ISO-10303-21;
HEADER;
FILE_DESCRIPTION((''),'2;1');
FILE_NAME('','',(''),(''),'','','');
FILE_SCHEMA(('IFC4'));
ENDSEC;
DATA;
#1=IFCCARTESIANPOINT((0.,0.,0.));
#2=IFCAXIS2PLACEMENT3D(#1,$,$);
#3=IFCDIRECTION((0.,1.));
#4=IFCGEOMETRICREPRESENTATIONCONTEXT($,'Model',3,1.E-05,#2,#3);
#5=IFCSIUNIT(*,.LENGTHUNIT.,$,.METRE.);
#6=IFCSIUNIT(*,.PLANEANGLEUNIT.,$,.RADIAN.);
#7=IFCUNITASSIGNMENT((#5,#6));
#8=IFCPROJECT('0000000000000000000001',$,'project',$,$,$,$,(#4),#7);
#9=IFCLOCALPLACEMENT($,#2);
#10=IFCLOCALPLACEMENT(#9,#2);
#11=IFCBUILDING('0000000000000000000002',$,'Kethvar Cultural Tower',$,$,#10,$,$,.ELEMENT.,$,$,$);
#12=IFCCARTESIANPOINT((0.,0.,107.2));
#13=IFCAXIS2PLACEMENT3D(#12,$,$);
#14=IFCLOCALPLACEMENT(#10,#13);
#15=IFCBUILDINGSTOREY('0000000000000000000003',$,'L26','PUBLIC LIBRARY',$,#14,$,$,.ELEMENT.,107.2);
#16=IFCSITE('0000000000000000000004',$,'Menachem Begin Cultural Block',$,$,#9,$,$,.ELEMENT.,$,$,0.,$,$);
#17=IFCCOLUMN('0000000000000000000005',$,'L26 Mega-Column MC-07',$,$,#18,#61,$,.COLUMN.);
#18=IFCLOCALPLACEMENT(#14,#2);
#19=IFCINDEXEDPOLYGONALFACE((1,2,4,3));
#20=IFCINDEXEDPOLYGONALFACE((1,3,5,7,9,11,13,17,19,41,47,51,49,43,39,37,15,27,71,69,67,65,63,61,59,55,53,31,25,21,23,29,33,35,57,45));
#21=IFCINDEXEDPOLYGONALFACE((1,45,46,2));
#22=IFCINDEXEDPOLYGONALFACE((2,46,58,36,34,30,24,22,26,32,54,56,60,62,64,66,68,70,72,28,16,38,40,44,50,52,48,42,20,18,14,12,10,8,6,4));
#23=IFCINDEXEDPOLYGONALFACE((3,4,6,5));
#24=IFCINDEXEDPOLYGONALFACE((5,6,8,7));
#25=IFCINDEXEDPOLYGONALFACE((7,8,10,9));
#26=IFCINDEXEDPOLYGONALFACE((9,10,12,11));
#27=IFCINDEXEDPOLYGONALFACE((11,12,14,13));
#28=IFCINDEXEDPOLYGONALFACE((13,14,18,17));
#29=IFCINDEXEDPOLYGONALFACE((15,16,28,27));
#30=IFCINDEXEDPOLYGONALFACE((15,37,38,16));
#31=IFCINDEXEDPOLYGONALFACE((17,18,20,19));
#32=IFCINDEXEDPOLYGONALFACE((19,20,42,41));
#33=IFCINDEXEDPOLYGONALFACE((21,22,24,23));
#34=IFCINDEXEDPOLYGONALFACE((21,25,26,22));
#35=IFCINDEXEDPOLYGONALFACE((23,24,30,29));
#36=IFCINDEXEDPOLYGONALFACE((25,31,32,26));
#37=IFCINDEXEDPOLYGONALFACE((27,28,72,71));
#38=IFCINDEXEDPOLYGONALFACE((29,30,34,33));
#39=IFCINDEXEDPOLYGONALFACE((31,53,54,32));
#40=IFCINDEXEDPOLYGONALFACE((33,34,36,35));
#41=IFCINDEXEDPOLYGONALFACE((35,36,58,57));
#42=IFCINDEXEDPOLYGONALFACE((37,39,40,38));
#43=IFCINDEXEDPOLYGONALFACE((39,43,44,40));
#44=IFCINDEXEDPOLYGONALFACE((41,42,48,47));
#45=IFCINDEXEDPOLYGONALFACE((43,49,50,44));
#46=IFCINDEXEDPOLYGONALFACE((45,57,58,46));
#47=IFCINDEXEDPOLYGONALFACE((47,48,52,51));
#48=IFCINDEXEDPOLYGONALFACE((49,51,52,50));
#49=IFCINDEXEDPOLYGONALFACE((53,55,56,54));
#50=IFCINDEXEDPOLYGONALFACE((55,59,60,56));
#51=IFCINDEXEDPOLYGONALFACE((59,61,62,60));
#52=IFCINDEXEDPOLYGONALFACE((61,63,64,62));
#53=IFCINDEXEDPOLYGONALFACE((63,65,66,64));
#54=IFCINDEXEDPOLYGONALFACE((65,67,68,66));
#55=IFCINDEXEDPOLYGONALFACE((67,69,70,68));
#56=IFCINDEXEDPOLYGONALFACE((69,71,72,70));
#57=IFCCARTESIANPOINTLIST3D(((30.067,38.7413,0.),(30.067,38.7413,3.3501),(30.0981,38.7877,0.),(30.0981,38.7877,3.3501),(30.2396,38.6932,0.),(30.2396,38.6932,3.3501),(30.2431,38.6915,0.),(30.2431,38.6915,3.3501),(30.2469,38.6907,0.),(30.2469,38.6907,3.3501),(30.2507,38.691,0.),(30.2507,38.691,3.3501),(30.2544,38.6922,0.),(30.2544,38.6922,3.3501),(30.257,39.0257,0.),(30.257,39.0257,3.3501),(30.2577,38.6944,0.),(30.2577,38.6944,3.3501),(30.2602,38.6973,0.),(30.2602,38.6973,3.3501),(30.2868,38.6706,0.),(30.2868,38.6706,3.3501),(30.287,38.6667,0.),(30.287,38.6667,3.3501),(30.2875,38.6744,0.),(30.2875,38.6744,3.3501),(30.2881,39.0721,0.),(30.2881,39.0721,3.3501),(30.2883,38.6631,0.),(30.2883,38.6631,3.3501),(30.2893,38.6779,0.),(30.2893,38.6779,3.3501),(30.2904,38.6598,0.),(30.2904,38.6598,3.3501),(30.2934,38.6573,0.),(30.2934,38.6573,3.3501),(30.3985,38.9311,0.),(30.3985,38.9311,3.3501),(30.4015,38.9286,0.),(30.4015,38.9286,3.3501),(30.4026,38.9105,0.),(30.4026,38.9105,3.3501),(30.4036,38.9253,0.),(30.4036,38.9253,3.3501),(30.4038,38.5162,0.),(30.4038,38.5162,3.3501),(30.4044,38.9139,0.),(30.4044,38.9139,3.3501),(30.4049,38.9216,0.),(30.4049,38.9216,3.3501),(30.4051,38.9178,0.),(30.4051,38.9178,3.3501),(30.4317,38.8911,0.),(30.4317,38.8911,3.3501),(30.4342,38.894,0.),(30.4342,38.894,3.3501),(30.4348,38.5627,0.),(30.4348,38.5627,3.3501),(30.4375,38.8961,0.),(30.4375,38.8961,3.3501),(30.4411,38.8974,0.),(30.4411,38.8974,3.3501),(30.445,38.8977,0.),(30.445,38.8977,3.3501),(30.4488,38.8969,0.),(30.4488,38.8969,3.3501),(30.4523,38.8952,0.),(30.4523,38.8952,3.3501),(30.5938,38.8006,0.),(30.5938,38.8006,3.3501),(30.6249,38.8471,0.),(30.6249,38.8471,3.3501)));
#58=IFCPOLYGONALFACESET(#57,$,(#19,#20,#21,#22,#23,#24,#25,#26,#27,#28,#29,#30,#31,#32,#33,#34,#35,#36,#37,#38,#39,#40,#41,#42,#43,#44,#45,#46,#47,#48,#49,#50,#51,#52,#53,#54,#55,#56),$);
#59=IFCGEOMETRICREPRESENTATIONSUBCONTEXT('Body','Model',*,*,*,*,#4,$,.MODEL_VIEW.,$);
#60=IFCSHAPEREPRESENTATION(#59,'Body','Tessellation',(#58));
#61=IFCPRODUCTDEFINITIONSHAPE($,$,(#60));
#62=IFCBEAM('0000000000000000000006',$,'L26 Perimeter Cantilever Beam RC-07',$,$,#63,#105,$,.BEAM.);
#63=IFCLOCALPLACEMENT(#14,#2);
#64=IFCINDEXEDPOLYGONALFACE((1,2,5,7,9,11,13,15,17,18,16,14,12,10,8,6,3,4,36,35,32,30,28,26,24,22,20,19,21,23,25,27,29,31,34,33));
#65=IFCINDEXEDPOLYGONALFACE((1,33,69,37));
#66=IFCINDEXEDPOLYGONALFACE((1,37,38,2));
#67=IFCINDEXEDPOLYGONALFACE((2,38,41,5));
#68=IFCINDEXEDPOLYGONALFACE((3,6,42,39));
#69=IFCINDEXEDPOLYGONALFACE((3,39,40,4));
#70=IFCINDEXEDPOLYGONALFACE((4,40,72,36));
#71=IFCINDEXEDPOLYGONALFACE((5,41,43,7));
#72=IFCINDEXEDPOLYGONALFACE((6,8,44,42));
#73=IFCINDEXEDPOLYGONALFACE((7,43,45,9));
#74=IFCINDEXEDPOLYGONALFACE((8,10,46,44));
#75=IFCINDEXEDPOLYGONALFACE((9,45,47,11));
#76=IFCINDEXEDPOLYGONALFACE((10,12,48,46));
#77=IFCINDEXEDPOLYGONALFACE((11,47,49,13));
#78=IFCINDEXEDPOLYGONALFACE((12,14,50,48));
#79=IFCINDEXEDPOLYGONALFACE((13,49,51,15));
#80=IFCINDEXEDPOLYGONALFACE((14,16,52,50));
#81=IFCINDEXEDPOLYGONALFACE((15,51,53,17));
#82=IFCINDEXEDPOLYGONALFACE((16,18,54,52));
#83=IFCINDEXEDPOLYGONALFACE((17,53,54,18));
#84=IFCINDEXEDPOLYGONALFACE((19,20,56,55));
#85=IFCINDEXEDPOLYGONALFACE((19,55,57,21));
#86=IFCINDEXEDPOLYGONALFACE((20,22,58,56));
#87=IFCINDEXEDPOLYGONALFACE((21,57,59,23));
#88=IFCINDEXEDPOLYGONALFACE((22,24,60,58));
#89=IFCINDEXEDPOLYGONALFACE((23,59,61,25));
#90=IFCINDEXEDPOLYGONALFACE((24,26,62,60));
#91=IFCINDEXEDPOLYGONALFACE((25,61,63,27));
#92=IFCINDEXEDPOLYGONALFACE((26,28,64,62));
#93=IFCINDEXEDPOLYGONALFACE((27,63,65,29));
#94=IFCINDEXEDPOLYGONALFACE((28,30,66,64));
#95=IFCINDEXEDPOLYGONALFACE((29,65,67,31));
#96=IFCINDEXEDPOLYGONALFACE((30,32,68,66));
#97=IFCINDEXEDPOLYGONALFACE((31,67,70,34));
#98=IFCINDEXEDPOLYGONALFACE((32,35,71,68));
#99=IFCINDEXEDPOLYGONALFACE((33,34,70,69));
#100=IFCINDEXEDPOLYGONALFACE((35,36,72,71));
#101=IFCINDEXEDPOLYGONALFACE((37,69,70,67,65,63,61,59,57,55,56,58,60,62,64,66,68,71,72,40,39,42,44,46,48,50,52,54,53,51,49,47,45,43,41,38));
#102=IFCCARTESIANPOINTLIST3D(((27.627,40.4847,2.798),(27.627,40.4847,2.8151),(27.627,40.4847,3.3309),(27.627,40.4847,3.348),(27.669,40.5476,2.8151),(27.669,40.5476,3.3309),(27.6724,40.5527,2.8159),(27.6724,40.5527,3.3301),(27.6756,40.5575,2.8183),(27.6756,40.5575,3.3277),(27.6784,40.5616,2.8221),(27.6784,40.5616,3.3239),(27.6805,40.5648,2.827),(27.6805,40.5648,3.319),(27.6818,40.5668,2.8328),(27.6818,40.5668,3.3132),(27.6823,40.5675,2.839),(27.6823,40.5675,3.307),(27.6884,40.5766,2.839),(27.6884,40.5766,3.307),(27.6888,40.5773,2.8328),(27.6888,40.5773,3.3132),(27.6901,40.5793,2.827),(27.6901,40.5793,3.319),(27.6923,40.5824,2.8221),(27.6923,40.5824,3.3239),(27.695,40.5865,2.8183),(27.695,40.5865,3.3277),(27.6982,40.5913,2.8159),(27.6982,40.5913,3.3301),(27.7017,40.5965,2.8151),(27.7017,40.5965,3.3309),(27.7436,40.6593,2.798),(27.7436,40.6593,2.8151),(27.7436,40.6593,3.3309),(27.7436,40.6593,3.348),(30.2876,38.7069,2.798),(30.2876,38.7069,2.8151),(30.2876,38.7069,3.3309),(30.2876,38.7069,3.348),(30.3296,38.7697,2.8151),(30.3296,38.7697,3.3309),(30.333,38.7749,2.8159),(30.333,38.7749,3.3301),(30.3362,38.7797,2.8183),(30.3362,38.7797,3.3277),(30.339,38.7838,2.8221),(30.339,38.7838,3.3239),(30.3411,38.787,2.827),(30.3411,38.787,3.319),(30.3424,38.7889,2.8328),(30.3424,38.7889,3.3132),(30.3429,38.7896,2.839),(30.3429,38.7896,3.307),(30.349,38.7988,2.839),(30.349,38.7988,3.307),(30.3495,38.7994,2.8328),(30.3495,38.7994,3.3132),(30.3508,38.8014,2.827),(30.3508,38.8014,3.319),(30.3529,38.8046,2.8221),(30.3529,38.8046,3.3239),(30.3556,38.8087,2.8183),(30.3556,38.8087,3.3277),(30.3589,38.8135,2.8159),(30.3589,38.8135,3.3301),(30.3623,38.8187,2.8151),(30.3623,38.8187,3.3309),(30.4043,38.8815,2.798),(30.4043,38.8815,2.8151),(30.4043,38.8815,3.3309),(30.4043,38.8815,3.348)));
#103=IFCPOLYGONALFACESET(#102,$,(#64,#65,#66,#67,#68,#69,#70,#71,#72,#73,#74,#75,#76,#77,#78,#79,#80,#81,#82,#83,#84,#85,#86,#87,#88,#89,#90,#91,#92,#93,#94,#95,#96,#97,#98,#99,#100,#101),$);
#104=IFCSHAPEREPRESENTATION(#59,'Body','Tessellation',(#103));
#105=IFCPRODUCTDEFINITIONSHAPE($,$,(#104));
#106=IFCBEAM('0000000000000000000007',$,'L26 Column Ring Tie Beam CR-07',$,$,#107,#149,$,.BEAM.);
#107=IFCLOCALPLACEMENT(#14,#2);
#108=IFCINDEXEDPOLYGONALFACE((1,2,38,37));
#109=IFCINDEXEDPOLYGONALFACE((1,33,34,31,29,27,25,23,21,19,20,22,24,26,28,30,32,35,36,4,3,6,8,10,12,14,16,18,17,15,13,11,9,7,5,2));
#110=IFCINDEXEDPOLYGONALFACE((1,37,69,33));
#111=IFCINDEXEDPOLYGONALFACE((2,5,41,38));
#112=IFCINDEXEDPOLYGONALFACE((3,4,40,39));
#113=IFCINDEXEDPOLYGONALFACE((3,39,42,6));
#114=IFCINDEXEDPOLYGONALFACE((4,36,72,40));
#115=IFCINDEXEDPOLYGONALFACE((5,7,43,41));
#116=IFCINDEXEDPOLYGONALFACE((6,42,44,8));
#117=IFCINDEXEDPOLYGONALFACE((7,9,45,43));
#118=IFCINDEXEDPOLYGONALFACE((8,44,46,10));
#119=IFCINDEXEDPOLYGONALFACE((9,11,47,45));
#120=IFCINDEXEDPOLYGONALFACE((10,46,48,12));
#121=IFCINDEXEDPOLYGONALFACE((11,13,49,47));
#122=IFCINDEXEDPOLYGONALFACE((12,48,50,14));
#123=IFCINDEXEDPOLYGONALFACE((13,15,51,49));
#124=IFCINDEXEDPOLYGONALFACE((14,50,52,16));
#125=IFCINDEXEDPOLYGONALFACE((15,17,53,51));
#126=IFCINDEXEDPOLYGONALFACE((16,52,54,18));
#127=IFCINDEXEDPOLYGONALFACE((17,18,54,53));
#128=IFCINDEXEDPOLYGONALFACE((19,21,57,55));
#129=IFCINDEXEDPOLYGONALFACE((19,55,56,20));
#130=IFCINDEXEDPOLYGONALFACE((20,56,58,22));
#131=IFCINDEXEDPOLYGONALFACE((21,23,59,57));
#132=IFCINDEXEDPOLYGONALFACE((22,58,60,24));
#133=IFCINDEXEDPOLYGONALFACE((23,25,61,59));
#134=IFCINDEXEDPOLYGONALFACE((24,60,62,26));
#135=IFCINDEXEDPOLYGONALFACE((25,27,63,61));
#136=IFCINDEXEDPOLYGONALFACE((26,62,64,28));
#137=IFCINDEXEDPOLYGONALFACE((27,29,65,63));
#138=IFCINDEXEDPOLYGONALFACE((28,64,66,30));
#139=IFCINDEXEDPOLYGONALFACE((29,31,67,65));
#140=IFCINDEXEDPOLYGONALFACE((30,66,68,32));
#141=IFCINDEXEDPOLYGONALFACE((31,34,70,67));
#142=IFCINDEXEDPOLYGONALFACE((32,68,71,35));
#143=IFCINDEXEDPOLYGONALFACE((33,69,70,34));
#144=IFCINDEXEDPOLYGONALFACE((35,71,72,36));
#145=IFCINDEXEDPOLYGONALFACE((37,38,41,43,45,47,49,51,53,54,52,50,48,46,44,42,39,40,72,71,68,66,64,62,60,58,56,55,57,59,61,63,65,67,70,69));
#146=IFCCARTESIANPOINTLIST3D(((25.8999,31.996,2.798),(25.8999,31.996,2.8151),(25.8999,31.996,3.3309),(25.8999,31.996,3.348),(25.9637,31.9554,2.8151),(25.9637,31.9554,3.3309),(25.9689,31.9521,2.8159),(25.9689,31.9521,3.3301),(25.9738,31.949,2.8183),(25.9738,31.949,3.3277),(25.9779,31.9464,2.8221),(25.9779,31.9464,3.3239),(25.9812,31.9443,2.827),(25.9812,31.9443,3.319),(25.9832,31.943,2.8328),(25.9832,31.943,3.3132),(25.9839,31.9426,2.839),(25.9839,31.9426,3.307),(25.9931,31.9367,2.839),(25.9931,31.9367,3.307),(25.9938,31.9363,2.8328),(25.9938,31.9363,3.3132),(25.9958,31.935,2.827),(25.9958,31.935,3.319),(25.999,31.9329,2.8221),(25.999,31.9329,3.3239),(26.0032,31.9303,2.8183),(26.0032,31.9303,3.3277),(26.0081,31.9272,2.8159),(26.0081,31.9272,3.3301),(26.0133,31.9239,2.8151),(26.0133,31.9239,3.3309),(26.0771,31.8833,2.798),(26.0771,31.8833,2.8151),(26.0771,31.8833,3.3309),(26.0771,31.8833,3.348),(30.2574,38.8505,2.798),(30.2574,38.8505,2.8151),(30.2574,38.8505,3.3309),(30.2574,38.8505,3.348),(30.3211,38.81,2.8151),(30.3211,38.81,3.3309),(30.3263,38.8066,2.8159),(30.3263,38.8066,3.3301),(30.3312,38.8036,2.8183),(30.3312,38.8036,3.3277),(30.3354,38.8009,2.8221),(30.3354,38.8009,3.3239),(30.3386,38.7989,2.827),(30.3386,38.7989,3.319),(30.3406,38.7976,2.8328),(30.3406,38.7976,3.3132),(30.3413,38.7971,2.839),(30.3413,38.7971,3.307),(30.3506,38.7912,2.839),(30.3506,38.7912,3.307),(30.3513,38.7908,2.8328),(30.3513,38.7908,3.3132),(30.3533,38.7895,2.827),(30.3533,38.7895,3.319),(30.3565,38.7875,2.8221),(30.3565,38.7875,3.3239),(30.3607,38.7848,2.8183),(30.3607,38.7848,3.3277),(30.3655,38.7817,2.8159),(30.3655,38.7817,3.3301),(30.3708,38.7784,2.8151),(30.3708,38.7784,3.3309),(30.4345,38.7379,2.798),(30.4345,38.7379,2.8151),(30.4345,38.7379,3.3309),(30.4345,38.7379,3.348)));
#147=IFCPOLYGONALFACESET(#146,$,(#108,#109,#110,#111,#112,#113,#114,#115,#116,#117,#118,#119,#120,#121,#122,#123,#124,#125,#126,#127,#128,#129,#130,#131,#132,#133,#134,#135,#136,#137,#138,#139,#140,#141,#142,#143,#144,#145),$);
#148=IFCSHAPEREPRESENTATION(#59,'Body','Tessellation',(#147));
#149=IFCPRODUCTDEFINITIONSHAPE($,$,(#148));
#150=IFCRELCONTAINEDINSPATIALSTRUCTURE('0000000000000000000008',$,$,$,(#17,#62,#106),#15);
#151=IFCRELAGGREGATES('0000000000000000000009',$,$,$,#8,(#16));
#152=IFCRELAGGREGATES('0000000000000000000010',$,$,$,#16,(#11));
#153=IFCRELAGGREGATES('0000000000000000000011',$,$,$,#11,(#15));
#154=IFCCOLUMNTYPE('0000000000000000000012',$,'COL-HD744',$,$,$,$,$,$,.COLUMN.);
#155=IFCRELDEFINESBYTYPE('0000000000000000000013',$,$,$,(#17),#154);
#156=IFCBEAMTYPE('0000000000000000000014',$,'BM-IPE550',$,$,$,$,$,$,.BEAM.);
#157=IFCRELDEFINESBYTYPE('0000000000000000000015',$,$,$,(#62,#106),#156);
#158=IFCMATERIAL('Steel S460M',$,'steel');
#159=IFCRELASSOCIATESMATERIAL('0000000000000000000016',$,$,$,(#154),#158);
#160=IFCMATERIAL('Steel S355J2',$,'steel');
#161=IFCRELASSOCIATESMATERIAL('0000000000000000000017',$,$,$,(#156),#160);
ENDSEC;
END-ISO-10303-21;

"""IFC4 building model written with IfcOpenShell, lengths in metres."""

from ifc_helpers import new_model, si_unit, direction, frame, origin, origin_2d, place, context, subcontext, project, spatial, i_section, extrude, source, transform, mapped, material, material_profile, profile_set, type_object, element, save


model = new_model("IFC4")

# Units and contexts
model_context = context("Model", 3, precision=1e-05, world=origin(), true_north=direction((0.0, 1.0)))
body_context = subcontext(model_context, "Body", "Model", "MODEL_VIEW")
ifc_project = project(units=[si_unit("LENGTHUNIT", "METRE"), si_unit("PLANEANGLEUNIT", "RADIAN")], contexts=[model_context])

# Site, building, storey
site_placement = place(None, origin())
site = spatial("IfcSite", under=ifc_project, at=site_placement, Name="Menachem Begin Cultural Block", CompositionType="ELEMENT", RefElevation=0.0)
building_placement = place(site_placement, origin())
building = spatial("IfcBuilding", under=site, at=building_placement, Name="Kethvar Cultural Tower", CompositionType="ELEMENT")
storey_placement = place(building_placement, frame((0.0, 0.0, 107.2)))
storey = spatial("IfcBuildingStorey", under=building, at=storey_placement, Name="L26", Description="PUBLIC LIBRARY", CompositionType="ELEMENT", Elevation=107.2)

# Column
ifc_material_1 = material(Name="Steel S460M", Category="steel")
ifc_material_profile_1 = material_profile(ifc_material_1, i_section(OverallWidth=0.405, OverallDepth=0.3979, WebThickness=0.0349, FlangeThickness=0.0559, FilletRadius=0.0149, at=origin_2d()), Name="Steel S460M — HD400x744")
ifc_profile_set_1 = profile_set([ifc_material_profile_1], Name="Steel S460M — HD400x744")
column_type = type_object("IfcColumnType", Name="COL-HD744", PredefinedType="COLUMN", material=ifc_profile_set_1)
shared_shape_1 = source(origin(), body_context, "Body", "SweptSolid", [
    extrude(i_section(OverallWidth=0.405, OverallDepth=0.3979, WebThickness=0.0349, FlangeThickness=0.0559, FilletRadius=0.0149, at=origin_2d()), origin(), (0.0, 0.0, 1.0), 3.3501),
])
column_placement = place(storey_placement, frame((30.3459, 38.7942, 0.0), z_axis=(0.0, 0.0, 1.0), x_axis=(-0.83147, 0.55557, 0.0)))
element("IfcColumn", 1, at=column_placement, inside=storey, type_object=column_type, Name="L26 Mega-Column MC-07", PredefinedType="COLUMN", context=body_context, shape_type="MappedRepresentation", body=[
    mapped(shared_shape_1, transform((0.0, 0.0, 0.0), scale=1.0)),
])

# Beams
ifc_material_2 = material(Name="Steel S355J2", Category="steel")
ifc_material_profile_2 = material_profile(ifc_material_2, i_section(OverallWidth=0.21, OverallDepth=0.55, WebThickness=0.011, FlangeThickness=0.0171, FilletRadius=0.0239, at=origin_2d()), Name="Steel S355J2 — IPE550")
ifc_profile_set_2 = profile_set([ifc_material_profile_2], Name="Steel S355J2 — IPE550")
beam_type_1 = type_object("IfcBeamType", Name="BM-IPE550", PredefinedType="BEAM", material=ifc_profile_set_2)
shared_shape_2 = source(origin(), body_context, "Body", "SweptSolid", [
    extrude(i_section(OverallWidth=0.21, OverallDepth=0.55, WebThickness=0.011, FlangeThickness=0.0171, FilletRadius=0.0239, at=origin_2d()), origin(), (0.0, 0.0, 1.0), 3.2),
])
beam_1_placement = place(storey_placement, frame((30.3459, 38.7942, 3.073), z_axis=(-0.831463, 0.55558, 0.0), x_axis=(-0.55558, -0.831463, 0.0)))
element("IfcBeam", 2, at=beam_1_placement, inside=storey, type_object=beam_type_1, Name="L26 Perimeter Cantilever Beam RC-07", PredefinedType="BEAM", context=body_context, shape_type="MappedRepresentation", body=[
    mapped(shared_shape_2, transform((0.0, 0.0, 0.0), scale=1.0)),
])
shared_shape_3 = source(origin(), body_context, "Body", "SweptSolid", [
    extrude(i_section(OverallWidth=0.21, OverallDepth=0.55, WebThickness=0.011, FlangeThickness=0.0171, FilletRadius=0.0239, at=origin_2d()), origin(), (0.0, 0.0, 1.0), 8.1223),
])
beam_2_placement = place(storey_placement, frame((30.3459, 38.7942, 3.073), z_axis=(-0.536479, -0.843914, 0.0), x_axis=(0.843914, -0.536479, 0.0)))
element("IfcBeam", 3, at=beam_2_placement, inside=storey, type_object=beam_type_1, Name="L26 Column Ring Tie Beam CR-07", PredefinedType="BEAM", context=body_context, shape_type="MappedRepresentation", body=[
    mapped(shared_shape_3, transform((0.0, 0.0, 0.0), scale=1.0)),
])

save(model, "model.ifc")
